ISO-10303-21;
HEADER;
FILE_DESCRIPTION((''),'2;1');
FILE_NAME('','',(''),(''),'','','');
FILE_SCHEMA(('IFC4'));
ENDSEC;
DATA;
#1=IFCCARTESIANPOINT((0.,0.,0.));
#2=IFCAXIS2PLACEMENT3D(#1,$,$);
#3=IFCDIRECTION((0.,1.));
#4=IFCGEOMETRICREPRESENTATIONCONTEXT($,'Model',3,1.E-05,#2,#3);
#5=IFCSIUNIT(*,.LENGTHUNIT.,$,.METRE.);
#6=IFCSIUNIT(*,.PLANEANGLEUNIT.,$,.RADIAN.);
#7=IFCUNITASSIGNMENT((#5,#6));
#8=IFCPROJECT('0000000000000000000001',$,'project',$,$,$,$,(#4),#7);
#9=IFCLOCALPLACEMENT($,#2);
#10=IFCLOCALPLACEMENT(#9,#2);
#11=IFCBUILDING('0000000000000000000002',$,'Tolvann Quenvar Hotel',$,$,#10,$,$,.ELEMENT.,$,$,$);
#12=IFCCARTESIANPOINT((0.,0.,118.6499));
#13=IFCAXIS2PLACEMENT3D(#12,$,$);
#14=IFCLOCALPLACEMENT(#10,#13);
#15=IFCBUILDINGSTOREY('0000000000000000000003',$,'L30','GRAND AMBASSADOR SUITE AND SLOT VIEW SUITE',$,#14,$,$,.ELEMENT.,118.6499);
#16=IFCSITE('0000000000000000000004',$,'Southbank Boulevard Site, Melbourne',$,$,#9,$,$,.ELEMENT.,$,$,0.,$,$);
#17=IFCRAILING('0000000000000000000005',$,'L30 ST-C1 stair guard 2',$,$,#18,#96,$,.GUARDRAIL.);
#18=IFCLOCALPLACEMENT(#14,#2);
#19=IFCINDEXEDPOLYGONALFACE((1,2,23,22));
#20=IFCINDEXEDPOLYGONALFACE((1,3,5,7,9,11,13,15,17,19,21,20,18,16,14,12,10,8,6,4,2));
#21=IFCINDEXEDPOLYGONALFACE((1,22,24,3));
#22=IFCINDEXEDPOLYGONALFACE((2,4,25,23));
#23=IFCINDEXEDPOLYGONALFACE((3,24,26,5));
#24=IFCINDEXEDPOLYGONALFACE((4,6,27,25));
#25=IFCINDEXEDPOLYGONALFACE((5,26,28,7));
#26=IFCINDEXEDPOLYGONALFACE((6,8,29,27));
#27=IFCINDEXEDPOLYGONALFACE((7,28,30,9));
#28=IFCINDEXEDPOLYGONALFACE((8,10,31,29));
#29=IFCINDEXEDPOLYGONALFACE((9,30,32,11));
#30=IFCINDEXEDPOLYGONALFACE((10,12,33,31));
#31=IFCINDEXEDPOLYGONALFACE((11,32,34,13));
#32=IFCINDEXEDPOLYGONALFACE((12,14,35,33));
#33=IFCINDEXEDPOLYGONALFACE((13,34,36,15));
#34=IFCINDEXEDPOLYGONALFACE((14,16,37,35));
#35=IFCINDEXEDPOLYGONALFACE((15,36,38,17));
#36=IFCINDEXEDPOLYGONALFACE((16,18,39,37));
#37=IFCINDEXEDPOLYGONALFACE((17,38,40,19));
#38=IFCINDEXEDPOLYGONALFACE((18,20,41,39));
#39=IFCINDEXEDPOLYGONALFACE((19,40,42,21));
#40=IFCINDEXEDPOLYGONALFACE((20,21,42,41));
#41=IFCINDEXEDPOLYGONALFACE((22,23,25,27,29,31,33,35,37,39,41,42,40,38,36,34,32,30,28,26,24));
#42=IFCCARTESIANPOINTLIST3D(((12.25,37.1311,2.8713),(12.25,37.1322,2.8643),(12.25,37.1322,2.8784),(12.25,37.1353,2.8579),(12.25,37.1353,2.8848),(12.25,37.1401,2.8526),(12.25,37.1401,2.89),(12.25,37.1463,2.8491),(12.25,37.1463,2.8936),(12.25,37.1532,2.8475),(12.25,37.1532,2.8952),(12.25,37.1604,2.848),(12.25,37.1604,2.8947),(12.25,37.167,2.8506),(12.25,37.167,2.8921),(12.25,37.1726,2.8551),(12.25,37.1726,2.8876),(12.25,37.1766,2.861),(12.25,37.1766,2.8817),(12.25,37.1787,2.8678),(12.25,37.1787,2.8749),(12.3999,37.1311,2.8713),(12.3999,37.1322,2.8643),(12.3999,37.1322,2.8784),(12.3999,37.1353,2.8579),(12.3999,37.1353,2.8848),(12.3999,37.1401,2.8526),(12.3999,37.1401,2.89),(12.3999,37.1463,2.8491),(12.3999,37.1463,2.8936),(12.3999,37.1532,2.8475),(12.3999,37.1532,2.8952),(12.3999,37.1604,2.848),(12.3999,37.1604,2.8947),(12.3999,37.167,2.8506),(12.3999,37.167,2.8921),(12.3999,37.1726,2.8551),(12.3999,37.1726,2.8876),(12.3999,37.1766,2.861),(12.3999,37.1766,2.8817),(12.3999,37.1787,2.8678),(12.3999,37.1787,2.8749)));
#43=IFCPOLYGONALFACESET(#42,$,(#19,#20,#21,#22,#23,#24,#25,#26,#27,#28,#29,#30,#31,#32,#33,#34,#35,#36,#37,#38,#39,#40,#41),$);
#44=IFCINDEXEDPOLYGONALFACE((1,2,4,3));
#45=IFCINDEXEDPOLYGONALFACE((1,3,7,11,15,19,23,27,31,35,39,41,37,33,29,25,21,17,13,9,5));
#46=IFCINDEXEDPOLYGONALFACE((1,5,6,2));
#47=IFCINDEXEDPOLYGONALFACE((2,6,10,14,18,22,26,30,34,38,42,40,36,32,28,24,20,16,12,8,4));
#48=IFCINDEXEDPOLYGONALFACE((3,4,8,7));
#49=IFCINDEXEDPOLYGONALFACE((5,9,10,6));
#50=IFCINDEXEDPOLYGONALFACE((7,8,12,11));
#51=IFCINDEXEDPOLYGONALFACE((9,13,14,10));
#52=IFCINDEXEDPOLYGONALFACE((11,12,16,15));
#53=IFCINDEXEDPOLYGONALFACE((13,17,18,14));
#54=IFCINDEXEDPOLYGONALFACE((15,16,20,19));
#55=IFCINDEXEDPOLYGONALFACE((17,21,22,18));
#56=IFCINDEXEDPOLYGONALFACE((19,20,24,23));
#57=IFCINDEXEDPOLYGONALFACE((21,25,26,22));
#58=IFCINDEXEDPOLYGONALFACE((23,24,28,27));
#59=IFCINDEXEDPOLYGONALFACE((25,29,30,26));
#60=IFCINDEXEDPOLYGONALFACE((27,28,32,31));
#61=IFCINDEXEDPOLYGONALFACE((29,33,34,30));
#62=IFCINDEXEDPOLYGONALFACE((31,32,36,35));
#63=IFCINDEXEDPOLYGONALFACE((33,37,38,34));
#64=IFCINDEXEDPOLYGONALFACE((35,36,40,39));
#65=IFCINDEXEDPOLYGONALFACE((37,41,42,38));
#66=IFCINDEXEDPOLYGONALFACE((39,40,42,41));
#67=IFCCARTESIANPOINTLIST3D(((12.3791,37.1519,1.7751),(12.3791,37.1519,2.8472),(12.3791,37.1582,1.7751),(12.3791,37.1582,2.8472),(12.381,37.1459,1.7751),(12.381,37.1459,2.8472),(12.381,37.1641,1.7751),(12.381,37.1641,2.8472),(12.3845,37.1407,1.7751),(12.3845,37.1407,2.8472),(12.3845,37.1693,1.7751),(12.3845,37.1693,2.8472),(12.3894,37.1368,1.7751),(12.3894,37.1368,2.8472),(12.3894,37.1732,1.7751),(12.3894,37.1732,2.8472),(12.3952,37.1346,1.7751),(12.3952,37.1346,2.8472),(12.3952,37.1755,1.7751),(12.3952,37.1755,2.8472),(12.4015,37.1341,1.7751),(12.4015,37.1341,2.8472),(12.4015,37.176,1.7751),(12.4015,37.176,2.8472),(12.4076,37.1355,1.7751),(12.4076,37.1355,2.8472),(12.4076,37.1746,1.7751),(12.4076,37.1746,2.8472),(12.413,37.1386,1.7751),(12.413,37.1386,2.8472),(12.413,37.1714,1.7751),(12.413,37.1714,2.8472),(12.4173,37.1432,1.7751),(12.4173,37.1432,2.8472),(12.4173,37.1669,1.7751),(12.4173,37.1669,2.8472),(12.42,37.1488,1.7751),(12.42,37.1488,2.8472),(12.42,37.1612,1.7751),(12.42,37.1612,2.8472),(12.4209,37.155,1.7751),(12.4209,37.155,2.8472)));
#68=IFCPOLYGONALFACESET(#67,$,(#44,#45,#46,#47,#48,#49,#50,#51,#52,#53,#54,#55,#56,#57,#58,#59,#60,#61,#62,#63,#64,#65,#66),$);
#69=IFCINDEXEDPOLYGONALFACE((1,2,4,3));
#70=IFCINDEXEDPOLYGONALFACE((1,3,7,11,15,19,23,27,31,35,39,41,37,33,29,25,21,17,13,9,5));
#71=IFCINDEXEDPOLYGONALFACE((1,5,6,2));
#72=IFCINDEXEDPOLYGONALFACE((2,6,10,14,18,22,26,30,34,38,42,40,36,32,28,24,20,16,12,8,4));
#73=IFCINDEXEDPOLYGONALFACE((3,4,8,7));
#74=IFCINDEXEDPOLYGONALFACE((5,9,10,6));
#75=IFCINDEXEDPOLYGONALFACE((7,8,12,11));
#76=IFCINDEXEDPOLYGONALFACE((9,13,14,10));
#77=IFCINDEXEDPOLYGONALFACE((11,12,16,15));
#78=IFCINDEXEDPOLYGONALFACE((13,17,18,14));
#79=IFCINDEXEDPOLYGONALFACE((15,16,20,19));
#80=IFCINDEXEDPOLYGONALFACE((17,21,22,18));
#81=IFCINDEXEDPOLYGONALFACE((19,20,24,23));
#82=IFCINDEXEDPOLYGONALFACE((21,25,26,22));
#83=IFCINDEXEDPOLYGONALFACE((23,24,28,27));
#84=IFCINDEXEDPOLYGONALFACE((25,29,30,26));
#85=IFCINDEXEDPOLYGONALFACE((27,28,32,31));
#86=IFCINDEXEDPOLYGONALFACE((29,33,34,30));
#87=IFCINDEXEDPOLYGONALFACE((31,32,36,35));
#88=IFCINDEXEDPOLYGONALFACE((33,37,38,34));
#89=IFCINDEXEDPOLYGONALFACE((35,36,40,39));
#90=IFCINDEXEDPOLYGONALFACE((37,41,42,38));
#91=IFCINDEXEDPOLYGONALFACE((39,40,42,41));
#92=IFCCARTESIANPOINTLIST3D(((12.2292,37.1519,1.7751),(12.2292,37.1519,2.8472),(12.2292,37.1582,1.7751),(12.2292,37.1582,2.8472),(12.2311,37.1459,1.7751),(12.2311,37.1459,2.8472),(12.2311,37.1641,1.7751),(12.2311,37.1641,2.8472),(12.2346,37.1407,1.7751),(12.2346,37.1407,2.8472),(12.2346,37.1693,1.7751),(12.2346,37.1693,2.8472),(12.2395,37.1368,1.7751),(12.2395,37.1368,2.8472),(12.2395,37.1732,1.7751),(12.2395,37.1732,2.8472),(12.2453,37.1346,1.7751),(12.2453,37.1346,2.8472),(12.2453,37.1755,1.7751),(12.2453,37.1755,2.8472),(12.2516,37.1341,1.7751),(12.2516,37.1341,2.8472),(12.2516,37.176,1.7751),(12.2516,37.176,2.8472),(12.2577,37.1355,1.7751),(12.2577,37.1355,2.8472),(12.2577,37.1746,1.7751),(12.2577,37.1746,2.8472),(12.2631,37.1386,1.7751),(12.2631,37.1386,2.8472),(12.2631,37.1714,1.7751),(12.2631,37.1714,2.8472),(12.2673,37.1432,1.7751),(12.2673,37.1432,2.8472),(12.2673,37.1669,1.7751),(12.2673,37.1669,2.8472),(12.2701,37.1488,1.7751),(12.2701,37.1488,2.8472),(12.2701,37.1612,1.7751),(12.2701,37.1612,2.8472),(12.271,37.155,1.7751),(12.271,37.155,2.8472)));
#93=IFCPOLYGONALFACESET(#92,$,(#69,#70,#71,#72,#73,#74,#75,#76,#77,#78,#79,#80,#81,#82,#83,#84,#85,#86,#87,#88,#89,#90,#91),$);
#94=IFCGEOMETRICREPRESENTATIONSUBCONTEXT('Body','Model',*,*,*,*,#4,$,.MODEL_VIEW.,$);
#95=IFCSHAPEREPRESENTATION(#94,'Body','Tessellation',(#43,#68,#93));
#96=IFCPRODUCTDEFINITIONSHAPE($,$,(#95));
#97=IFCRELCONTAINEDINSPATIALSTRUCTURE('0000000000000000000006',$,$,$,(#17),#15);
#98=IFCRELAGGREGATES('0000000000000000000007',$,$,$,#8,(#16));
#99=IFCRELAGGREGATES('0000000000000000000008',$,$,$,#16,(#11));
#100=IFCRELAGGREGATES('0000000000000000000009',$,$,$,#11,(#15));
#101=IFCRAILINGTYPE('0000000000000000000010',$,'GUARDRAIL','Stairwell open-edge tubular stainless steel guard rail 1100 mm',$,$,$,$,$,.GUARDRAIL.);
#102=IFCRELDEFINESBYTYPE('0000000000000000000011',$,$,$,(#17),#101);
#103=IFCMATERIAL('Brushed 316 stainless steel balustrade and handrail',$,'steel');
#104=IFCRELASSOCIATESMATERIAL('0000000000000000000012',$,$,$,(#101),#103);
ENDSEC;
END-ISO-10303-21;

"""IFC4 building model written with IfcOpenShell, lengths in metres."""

from ifc_helpers import new_model, si_unit, direction, frame, origin, origin_2d, place, context, subcontext, project, spatial, circle, extrude, material, type_object, element, save


model = new_model("IFC4")

# Units and contexts
model_context = context("Model", 3, precision=1e-05, world=origin(), true_north=direction((0.0, 1.0)))
body_context = subcontext(model_context, "Body", "Model", "MODEL_VIEW")
ifc_project = project(units=[si_unit("LENGTHUNIT", "METRE"), si_unit("PLANEANGLEUNIT", "RADIAN")], contexts=[model_context])

# Site, building, storey
site_placement = place(None, origin())
site = spatial("IfcSite", under=ifc_project, at=site_placement, Name="Southbank Boulevard Site, Melbourne", CompositionType="ELEMENT", RefElevation=0.0)
building_placement = place(site_placement, origin())
building = spatial("IfcBuilding", under=site, at=building_placement, Name="Tolvann Quenvar Hotel", CompositionType="ELEMENT")
storey_placement = place(building_placement, frame((0.0, 0.0, 118.6499)))
storey = spatial("IfcBuildingStorey", under=building, at=storey_placement, Name="L30", Description="GRAND AMBASSADOR SUITE AND SLOT VIEW SUITE", CompositionType="ELEMENT", Elevation=118.6499)

# Railing
ifc_material_1 = material(Name="Brushed 316 stainless steel balustrade and handrail", Category="steel")
railing_type = type_object("IfcRailingType", Name="GUARDRAIL", Description="Stairwell open-edge tubular stainless steel guard rail 1100 mm", PredefinedType="GUARDRAIL", material=ifc_material_1)
railing_1_placement = place(storey_placement, frame((12.3999, 37.155, 1.7751)))
element("IfcRailing", 1, at=railing_1_placement, inside=storey, type_object=railing_type, Name="L30 ST-C1 stair guard 2", PredefinedType="GUARDRAIL", context=body_context, shape_type="SweptSolid", body=[
    extrude(circle(Radius=0.0239, at=origin_2d()), frame((0.0, 0.0, 1.0962), z_axis=(-1.0, 0.0, 0.0), x_axis=(0.0, -1.0, 0.0)), (0.0, 0.0, 1.0), 0.1499),
    extrude(circle(Radius=0.021, at=origin_2d()), origin(), (0.0, 0.0, 1.0), 1.072),
    extrude(circle(Radius=0.021, at=origin_2d()), frame((-0.1499, 0.0, 0.0)), (0.0, 0.0, 1.0), 1.072),
])

save(model, "model.ifc")
